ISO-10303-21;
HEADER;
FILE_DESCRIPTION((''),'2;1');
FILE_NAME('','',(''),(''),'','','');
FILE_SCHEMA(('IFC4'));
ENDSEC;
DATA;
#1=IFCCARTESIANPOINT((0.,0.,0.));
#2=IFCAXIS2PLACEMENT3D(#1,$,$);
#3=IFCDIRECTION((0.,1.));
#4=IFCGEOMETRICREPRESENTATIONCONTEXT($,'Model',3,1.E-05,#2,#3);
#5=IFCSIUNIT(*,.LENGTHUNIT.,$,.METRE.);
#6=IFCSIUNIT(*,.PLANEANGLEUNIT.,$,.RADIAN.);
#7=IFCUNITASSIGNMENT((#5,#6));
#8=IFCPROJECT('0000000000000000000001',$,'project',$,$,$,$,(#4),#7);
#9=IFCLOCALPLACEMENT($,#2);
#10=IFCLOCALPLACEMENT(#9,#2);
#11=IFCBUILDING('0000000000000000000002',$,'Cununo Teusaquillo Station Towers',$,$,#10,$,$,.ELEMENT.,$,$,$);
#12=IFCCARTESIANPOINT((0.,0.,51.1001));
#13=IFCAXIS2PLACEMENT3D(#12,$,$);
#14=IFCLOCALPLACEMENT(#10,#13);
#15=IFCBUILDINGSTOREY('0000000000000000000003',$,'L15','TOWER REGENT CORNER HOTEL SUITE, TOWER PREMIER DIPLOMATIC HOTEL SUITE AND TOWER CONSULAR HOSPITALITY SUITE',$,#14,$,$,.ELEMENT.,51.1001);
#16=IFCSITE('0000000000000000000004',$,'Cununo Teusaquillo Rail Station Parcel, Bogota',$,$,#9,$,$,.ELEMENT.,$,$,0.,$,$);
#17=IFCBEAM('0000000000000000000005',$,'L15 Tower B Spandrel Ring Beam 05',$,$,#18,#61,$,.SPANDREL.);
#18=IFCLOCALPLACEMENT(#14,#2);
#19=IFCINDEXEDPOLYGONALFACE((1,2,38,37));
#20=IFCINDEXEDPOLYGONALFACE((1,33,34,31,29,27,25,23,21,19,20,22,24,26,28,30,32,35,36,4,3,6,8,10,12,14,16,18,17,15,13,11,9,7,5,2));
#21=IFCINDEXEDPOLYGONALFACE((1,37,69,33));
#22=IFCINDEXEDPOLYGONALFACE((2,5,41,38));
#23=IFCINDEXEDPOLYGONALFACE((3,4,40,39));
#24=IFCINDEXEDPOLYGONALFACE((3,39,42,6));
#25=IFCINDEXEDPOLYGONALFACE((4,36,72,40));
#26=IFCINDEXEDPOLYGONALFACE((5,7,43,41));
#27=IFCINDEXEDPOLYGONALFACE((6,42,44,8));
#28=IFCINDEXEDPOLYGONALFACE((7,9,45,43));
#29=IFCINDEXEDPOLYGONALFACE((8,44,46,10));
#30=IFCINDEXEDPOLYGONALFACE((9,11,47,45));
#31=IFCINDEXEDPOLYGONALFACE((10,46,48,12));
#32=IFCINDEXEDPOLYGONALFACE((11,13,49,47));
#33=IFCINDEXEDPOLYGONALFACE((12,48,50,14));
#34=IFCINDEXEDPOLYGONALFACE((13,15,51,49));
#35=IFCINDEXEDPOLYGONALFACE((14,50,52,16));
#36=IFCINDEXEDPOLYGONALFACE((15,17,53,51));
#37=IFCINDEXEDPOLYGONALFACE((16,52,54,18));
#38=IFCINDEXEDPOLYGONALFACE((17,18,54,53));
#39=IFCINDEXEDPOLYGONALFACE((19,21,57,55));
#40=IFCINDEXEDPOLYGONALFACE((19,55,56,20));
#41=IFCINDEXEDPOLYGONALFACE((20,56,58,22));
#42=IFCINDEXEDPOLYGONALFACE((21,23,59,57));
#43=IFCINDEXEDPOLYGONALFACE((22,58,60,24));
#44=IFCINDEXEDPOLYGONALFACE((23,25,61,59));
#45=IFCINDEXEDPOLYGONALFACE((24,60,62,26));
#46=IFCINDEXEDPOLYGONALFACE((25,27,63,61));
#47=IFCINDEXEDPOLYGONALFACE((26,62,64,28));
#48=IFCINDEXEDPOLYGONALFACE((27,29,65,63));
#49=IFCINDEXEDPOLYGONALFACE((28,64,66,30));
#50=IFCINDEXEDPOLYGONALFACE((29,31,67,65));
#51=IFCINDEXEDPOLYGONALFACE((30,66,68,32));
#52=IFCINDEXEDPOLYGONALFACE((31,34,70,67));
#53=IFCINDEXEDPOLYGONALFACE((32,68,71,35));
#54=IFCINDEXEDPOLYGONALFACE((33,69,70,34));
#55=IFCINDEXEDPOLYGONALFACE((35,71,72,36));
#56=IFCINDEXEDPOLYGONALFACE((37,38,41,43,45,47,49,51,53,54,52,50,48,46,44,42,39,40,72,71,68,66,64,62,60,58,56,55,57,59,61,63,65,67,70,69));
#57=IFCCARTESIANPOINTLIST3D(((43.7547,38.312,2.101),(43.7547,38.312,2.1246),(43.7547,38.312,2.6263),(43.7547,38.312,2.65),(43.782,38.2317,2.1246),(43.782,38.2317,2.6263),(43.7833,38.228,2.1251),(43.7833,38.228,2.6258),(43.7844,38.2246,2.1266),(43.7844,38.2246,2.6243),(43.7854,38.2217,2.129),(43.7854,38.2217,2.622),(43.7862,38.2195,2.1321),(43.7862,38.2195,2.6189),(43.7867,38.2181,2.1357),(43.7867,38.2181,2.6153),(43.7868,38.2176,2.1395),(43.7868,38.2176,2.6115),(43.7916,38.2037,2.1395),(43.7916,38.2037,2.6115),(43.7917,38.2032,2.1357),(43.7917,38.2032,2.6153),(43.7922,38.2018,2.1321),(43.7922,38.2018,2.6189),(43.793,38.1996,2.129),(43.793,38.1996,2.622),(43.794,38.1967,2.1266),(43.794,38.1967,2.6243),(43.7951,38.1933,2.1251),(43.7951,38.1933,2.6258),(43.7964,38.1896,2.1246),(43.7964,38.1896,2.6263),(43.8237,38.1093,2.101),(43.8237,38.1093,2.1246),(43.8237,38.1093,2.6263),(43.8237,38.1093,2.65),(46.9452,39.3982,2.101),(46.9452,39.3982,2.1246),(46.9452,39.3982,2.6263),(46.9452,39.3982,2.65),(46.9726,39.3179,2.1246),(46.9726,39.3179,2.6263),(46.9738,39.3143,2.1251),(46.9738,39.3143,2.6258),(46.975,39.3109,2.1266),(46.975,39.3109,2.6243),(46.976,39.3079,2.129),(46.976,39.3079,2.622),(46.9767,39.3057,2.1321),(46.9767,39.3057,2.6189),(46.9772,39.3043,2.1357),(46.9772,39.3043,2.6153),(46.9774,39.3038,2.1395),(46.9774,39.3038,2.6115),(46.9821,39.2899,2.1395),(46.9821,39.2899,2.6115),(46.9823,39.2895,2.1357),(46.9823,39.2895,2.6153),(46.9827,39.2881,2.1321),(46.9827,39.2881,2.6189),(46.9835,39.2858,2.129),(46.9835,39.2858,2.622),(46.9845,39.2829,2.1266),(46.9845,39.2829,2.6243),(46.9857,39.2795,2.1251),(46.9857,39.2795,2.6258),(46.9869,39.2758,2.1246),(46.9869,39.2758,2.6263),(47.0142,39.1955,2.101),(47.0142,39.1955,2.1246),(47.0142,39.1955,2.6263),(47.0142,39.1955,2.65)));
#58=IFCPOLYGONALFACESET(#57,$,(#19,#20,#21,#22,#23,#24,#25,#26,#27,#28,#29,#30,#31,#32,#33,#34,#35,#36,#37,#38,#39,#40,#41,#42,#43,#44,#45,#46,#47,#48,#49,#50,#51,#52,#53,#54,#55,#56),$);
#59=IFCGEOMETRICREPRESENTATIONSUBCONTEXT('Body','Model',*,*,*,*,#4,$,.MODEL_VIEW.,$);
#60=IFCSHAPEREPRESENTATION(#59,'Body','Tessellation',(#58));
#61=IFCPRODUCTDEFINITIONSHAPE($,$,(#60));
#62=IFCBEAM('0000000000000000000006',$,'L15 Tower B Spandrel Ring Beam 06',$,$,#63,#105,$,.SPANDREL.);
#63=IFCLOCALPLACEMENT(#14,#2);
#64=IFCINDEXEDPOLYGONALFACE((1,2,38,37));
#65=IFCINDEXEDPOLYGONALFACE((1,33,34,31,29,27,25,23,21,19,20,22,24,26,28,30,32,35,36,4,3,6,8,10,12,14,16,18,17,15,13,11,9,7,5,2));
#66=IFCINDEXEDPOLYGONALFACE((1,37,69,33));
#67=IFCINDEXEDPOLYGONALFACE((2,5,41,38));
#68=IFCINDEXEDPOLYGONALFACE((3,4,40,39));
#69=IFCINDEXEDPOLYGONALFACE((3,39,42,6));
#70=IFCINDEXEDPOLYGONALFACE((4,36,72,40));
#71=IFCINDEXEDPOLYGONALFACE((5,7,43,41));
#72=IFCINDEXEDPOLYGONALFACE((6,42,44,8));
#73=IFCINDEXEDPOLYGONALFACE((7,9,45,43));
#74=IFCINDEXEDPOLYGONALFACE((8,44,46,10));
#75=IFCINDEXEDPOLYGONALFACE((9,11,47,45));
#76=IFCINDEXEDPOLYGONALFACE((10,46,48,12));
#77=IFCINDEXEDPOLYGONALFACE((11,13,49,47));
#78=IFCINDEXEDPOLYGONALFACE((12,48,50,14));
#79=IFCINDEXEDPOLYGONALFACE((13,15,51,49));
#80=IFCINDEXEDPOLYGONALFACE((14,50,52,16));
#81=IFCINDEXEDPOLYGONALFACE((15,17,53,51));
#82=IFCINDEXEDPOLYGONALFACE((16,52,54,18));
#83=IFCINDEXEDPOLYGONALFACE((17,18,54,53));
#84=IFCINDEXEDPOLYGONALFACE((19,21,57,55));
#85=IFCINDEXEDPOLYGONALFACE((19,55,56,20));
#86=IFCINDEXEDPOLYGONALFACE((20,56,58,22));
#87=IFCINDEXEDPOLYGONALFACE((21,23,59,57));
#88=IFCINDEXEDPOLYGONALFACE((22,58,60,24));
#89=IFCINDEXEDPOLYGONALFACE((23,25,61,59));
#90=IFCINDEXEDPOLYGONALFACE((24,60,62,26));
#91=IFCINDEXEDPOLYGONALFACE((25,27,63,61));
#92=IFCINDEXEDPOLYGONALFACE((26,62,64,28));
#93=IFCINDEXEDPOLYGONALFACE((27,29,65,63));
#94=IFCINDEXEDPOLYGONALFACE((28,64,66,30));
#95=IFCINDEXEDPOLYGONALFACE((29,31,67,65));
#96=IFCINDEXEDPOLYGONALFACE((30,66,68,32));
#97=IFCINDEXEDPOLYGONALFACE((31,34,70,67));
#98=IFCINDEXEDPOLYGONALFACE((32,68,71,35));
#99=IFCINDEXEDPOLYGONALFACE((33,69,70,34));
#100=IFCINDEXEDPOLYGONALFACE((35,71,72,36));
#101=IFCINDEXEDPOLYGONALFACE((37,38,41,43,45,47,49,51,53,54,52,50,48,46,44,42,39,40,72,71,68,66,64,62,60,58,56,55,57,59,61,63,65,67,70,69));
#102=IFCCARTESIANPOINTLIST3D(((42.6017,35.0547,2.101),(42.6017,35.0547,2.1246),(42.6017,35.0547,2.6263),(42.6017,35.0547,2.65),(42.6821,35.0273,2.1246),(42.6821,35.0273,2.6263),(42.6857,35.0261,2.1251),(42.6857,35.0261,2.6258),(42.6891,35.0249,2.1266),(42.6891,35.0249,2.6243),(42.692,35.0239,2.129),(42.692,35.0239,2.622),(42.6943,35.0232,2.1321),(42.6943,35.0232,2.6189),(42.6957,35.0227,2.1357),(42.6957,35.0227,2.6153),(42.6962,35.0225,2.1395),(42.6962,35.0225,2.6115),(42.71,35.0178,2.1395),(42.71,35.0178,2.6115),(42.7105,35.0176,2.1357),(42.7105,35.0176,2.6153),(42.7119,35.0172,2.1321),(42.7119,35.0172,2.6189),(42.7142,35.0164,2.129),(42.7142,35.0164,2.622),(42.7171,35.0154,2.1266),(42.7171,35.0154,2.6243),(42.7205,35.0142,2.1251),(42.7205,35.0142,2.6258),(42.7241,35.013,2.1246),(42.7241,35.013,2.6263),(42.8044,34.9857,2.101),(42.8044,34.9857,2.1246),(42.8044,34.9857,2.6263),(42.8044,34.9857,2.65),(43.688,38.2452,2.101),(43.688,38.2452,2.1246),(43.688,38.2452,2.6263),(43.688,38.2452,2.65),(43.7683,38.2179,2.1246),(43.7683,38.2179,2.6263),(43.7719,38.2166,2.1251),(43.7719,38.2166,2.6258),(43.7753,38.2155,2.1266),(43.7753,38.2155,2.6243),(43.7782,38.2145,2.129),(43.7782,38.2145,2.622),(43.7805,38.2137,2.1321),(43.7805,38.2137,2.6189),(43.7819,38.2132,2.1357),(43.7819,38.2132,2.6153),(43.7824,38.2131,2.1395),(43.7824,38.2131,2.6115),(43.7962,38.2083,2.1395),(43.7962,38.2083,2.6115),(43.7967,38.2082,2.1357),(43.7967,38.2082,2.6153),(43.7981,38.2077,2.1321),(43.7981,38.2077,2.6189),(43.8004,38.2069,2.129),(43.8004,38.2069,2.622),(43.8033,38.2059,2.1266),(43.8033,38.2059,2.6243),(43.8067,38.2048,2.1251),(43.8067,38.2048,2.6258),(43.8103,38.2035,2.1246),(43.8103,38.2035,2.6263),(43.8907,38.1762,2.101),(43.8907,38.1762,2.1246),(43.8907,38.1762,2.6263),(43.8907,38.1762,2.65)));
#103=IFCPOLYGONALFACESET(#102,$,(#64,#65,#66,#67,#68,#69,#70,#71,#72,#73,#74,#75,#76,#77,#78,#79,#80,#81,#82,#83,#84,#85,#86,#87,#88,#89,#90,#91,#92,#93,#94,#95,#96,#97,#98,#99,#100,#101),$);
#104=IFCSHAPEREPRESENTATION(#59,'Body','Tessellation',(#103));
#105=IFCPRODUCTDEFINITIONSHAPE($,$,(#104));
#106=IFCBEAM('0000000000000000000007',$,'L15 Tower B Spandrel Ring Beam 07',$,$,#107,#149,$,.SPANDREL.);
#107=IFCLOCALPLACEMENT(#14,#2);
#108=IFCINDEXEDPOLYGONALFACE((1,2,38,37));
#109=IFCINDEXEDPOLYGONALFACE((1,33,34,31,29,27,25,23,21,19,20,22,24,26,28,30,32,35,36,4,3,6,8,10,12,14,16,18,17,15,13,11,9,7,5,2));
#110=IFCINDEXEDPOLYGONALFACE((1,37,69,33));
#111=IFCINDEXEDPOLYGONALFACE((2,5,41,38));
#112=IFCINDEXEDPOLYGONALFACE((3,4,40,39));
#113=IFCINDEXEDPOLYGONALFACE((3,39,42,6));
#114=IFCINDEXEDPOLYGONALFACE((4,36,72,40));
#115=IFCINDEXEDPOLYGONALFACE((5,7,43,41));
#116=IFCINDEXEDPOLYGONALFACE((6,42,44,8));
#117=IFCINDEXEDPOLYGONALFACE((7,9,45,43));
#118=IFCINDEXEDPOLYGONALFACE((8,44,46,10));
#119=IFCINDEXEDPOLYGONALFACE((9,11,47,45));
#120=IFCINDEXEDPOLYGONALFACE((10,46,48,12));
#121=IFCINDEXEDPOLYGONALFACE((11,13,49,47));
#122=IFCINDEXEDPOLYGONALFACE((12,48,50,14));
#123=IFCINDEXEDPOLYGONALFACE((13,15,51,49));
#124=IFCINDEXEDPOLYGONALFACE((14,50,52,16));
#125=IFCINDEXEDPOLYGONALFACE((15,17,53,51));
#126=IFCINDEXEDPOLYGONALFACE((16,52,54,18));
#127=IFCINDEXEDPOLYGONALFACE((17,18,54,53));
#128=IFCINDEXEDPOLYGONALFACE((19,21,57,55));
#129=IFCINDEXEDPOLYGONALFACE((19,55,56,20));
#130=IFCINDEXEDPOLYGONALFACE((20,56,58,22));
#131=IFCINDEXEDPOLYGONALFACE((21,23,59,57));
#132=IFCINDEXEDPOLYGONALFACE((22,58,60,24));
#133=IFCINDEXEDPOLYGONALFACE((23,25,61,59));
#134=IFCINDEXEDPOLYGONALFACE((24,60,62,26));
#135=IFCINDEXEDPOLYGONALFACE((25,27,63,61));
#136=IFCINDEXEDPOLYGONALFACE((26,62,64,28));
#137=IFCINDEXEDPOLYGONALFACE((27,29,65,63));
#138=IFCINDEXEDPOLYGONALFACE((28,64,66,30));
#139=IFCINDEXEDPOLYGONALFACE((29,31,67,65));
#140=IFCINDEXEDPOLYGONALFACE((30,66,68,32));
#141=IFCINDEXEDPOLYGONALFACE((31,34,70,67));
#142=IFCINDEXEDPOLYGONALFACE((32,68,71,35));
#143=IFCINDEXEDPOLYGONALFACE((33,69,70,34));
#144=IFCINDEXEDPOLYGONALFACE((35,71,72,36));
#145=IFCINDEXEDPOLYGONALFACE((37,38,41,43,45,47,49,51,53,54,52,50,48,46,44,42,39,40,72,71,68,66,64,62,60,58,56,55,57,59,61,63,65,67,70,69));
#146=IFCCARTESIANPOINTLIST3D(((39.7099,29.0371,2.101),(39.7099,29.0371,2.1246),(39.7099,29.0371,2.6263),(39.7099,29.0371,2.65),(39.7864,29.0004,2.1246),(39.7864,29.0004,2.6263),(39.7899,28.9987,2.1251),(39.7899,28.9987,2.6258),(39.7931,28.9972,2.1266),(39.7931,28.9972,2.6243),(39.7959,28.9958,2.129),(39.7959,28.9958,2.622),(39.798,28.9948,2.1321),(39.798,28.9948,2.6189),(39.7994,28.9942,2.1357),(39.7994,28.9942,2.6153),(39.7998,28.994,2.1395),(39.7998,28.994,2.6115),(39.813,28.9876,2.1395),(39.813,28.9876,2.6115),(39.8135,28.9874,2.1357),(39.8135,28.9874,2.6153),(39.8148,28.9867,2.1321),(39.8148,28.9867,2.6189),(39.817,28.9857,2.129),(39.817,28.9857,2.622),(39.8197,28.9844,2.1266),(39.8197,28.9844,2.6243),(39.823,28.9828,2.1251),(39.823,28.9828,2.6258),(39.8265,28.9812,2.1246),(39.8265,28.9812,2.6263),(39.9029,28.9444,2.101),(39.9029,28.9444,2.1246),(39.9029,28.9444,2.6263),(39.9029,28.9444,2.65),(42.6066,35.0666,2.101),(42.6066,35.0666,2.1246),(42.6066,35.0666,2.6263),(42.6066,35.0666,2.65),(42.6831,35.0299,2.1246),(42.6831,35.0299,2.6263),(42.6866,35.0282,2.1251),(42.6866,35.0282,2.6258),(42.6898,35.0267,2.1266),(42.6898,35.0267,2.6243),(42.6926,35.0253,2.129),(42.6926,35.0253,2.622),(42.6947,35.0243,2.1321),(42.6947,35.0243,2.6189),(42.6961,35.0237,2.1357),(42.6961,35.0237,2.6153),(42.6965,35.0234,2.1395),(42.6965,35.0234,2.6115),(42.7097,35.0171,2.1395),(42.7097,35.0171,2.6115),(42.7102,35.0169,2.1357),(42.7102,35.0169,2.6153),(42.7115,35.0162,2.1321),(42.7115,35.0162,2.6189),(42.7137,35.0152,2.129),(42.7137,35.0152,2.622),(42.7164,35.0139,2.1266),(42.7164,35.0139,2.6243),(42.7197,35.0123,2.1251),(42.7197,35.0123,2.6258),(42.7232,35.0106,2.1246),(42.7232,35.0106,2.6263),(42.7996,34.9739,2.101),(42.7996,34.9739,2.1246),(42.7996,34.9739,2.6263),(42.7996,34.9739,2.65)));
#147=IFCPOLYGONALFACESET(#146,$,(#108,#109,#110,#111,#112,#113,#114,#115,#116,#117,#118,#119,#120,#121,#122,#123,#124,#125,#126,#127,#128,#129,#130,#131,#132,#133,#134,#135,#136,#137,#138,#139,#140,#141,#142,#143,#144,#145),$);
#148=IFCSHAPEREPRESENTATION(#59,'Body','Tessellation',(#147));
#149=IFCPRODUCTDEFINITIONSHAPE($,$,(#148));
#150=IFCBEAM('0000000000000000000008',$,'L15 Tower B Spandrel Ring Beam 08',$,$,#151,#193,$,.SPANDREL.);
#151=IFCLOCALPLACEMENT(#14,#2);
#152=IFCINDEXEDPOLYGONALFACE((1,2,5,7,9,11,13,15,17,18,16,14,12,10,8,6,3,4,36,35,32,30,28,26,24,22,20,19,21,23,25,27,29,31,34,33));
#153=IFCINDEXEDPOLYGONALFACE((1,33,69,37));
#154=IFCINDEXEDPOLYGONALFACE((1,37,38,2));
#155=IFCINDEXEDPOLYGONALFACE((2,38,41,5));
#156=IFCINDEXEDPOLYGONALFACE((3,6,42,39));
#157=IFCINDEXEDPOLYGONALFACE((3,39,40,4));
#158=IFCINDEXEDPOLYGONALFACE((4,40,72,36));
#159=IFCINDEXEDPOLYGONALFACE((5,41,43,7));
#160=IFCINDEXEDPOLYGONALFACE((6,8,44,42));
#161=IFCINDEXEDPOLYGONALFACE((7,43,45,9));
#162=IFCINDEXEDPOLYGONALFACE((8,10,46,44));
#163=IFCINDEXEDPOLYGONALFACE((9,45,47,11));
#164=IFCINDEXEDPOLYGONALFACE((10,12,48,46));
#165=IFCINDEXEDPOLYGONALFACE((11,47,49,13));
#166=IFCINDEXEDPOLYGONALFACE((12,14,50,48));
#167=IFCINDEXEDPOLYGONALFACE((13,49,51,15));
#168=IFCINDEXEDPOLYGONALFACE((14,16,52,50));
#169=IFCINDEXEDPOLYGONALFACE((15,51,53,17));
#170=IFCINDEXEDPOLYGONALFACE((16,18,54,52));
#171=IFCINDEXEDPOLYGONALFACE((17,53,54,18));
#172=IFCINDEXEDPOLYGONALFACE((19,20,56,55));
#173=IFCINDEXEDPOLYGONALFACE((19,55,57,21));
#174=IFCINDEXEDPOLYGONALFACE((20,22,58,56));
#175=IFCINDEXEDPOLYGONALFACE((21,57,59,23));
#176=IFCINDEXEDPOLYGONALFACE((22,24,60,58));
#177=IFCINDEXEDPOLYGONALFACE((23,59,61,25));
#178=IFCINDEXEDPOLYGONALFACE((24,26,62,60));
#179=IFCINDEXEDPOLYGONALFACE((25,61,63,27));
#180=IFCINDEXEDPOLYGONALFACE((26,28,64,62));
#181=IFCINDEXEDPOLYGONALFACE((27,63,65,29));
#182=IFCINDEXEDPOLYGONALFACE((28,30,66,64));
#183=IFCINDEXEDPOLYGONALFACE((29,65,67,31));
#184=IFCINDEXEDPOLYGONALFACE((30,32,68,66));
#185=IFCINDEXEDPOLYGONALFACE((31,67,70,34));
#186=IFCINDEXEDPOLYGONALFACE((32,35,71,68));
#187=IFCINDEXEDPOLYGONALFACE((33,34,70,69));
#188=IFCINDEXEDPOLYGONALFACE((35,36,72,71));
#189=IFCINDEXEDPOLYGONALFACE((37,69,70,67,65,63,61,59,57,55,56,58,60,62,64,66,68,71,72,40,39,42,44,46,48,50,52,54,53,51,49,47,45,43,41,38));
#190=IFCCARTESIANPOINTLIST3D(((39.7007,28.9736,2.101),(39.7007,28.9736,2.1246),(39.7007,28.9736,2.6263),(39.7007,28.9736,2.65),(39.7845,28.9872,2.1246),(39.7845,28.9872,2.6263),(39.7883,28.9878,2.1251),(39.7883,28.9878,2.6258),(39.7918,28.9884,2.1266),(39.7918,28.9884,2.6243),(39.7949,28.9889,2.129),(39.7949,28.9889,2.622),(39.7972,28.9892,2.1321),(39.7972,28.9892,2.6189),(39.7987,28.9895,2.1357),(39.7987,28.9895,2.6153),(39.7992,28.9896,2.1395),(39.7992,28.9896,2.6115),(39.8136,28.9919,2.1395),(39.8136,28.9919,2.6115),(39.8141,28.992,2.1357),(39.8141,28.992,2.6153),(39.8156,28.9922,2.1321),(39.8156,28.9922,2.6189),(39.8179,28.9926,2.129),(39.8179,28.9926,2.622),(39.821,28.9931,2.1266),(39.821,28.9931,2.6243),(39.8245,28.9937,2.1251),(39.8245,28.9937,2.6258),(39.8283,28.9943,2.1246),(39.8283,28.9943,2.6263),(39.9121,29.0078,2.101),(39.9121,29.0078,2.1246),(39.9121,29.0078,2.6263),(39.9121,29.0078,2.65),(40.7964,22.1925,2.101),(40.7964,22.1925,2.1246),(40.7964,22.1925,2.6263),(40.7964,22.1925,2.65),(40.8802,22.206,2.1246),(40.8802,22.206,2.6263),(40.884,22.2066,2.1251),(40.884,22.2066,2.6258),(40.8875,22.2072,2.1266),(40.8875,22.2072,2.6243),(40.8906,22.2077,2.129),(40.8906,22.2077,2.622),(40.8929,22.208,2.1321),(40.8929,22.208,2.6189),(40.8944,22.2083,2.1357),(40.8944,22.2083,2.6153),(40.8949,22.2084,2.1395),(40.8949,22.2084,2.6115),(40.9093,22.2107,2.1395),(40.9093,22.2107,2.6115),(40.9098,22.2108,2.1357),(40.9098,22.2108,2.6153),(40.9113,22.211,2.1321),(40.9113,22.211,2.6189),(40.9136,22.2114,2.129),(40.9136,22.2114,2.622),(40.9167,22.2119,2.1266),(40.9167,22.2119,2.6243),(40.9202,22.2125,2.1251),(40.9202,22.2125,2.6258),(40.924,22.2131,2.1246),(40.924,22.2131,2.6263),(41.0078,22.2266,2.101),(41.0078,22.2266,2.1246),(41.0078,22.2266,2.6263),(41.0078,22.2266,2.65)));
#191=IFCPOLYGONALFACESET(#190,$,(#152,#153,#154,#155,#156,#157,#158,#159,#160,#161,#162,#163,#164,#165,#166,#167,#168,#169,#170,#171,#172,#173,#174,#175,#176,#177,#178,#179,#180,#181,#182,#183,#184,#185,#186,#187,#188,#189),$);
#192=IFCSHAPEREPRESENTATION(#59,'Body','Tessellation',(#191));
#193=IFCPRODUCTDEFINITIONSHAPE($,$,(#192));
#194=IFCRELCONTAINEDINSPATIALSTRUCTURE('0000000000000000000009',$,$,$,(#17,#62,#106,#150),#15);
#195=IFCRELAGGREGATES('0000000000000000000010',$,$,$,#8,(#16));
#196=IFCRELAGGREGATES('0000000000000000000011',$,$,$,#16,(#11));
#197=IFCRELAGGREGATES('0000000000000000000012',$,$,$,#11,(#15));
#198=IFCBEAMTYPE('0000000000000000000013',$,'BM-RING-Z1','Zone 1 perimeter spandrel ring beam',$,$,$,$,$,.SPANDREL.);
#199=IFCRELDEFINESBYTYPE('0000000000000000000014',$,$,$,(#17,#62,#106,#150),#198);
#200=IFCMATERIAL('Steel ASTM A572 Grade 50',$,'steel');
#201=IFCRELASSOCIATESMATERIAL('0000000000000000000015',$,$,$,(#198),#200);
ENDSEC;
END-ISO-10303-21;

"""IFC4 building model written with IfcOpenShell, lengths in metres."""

from ifc_helpers import new_model, si_unit, direction, frame, origin, origin_2d, place, context, subcontext, project, spatial, i_section, extrude, material, material_profile, profile_set, type_object, element, save


model = new_model("IFC4")

# Units and contexts
model_context = context("Model", 3, precision=1e-05, world=origin(), true_north=direction((0.0, 1.0)))
body_context = subcontext(model_context, "Body", "Model", "MODEL_VIEW")
ifc_project = project(units=[si_unit("LENGTHUNIT", "METRE"), si_unit("PLANEANGLEUNIT", "RADIAN")], contexts=[model_context])

# Site, building, storey
site_placement = place(None, origin())
site = spatial("IfcSite", under=ifc_project, at=site_placement, Name="Cununo Teusaquillo Rail Station Parcel, Bogota", CompositionType="ELEMENT", RefElevation=0.0)
building_placement = place(site_placement, origin())
building = spatial("IfcBuilding", under=site, at=building_placement, Name="Cununo Teusaquillo Station Towers", CompositionType="ELEMENT")
storey_placement = place(building_placement, frame((0.0, 0.0, 51.1001)))
storey = spatial("IfcBuildingStorey", under=building, at=storey_placement, Name="L15", Description="TOWER REGENT CORNER HOTEL SUITE, TOWER PREMIER DIPLOMATIC HOTEL SUITE AND TOWER CONSULAR HOSPITALITY SUITE", CompositionType="ELEMENT", Elevation=51.1001)

# Beams
ifc_material_1 = material(Name="Steel ASTM A572 Grade 50", Category="steel")
ifc_material_profile_1 = material_profile(ifc_material_1, i_section(OverallWidth=0.2141, OverallDepth=0.5491, WebThickness=0.0146, FlangeThickness=0.0237, FilletRadius=0.0149, at=origin_2d()), Name="W21X93")
ifc_profile_set_1 = profile_set([ifc_material_profile_1], Name="Steel ASTM A572 Grade 50")
beam_type_1 = type_object("IfcBeamType", Name="BM-RING-Z1", Description="Zone 1 perimeter spandrel ring beam", PredefinedType="SPANDREL", material=ifc_profile_set_1)
for number, where, z_axis, x_axis, name in (
    (1, (46.9797, 39.2969, 2.3755), (-0.946643, -0.322285, 0.0), (0.322285, -0.946643, 0.0), "L15 Tower B Spandrel Ring Beam 05"),
    (2, (43.7893, 38.2107, 2.3755), (-0.322285, -0.946643, 0.0), (0.946643, -0.322285, 0.0), "L15 Tower B Spandrel Ring Beam 06"),
):
    element("IfcBeam", number, at=place(storey_placement, frame(where, z_axis=z_axis, x_axis=x_axis)), inside=storey, type_object=beam_type_1, Name=name, PredefinedType="SPANDREL", context=body_context, shape_type="SweptSolid", body=[
        extrude(i_section(OverallWidth=0.2141, OverallDepth=0.5491, WebThickness=0.0146, FlangeThickness=0.0237, FilletRadius=0.0149, at=origin_2d()), origin(), (0.0, 0.0, 1.0), 3.3704),
    ])
beam_1_placement = place(storey_placement, frame((42.7031, 35.0203, 2.3755), z_axis=(-0.433041, -0.901374, 0.0), x_axis=(0.901374, -0.433041, 0.0)))
element("IfcBeam", 3, at=beam_1_placement, inside=storey, type_object=beam_type_1, Name="L15 Tower B Spandrel Ring Beam 07", PredefinedType="SPANDREL", context=body_context, shape_type="SweptSolid", body=[
    extrude(i_section(OverallWidth=0.2141, OverallDepth=0.5491, WebThickness=0.0146, FlangeThickness=0.0237, FilletRadius=0.0149, at=origin_2d()), origin(), (0.0, 0.0, 1.0), 6.6892),
])
beam_2_placement = place(storey_placement, frame((39.8064, 28.9907, 2.3755), z_axis=(0.15951, -0.987196, 0.0), x_axis=(0.987196, 0.15951, 0.0)))
element("IfcBeam", 4, at=beam_2_placement, inside=storey, type_object=beam_type_1, Name="L15 Tower B Spandrel Ring Beam 08", PredefinedType="SPANDREL", context=body_context, shape_type="SweptSolid", body=[
    extrude(i_section(OverallWidth=0.2141, OverallDepth=0.5491, WebThickness=0.0146, FlangeThickness=0.0237, FilletRadius=0.0149, at=origin_2d()), origin(), (0.0, 0.0, 1.0), 6.8691),
])

save(model, "model.ifc")
